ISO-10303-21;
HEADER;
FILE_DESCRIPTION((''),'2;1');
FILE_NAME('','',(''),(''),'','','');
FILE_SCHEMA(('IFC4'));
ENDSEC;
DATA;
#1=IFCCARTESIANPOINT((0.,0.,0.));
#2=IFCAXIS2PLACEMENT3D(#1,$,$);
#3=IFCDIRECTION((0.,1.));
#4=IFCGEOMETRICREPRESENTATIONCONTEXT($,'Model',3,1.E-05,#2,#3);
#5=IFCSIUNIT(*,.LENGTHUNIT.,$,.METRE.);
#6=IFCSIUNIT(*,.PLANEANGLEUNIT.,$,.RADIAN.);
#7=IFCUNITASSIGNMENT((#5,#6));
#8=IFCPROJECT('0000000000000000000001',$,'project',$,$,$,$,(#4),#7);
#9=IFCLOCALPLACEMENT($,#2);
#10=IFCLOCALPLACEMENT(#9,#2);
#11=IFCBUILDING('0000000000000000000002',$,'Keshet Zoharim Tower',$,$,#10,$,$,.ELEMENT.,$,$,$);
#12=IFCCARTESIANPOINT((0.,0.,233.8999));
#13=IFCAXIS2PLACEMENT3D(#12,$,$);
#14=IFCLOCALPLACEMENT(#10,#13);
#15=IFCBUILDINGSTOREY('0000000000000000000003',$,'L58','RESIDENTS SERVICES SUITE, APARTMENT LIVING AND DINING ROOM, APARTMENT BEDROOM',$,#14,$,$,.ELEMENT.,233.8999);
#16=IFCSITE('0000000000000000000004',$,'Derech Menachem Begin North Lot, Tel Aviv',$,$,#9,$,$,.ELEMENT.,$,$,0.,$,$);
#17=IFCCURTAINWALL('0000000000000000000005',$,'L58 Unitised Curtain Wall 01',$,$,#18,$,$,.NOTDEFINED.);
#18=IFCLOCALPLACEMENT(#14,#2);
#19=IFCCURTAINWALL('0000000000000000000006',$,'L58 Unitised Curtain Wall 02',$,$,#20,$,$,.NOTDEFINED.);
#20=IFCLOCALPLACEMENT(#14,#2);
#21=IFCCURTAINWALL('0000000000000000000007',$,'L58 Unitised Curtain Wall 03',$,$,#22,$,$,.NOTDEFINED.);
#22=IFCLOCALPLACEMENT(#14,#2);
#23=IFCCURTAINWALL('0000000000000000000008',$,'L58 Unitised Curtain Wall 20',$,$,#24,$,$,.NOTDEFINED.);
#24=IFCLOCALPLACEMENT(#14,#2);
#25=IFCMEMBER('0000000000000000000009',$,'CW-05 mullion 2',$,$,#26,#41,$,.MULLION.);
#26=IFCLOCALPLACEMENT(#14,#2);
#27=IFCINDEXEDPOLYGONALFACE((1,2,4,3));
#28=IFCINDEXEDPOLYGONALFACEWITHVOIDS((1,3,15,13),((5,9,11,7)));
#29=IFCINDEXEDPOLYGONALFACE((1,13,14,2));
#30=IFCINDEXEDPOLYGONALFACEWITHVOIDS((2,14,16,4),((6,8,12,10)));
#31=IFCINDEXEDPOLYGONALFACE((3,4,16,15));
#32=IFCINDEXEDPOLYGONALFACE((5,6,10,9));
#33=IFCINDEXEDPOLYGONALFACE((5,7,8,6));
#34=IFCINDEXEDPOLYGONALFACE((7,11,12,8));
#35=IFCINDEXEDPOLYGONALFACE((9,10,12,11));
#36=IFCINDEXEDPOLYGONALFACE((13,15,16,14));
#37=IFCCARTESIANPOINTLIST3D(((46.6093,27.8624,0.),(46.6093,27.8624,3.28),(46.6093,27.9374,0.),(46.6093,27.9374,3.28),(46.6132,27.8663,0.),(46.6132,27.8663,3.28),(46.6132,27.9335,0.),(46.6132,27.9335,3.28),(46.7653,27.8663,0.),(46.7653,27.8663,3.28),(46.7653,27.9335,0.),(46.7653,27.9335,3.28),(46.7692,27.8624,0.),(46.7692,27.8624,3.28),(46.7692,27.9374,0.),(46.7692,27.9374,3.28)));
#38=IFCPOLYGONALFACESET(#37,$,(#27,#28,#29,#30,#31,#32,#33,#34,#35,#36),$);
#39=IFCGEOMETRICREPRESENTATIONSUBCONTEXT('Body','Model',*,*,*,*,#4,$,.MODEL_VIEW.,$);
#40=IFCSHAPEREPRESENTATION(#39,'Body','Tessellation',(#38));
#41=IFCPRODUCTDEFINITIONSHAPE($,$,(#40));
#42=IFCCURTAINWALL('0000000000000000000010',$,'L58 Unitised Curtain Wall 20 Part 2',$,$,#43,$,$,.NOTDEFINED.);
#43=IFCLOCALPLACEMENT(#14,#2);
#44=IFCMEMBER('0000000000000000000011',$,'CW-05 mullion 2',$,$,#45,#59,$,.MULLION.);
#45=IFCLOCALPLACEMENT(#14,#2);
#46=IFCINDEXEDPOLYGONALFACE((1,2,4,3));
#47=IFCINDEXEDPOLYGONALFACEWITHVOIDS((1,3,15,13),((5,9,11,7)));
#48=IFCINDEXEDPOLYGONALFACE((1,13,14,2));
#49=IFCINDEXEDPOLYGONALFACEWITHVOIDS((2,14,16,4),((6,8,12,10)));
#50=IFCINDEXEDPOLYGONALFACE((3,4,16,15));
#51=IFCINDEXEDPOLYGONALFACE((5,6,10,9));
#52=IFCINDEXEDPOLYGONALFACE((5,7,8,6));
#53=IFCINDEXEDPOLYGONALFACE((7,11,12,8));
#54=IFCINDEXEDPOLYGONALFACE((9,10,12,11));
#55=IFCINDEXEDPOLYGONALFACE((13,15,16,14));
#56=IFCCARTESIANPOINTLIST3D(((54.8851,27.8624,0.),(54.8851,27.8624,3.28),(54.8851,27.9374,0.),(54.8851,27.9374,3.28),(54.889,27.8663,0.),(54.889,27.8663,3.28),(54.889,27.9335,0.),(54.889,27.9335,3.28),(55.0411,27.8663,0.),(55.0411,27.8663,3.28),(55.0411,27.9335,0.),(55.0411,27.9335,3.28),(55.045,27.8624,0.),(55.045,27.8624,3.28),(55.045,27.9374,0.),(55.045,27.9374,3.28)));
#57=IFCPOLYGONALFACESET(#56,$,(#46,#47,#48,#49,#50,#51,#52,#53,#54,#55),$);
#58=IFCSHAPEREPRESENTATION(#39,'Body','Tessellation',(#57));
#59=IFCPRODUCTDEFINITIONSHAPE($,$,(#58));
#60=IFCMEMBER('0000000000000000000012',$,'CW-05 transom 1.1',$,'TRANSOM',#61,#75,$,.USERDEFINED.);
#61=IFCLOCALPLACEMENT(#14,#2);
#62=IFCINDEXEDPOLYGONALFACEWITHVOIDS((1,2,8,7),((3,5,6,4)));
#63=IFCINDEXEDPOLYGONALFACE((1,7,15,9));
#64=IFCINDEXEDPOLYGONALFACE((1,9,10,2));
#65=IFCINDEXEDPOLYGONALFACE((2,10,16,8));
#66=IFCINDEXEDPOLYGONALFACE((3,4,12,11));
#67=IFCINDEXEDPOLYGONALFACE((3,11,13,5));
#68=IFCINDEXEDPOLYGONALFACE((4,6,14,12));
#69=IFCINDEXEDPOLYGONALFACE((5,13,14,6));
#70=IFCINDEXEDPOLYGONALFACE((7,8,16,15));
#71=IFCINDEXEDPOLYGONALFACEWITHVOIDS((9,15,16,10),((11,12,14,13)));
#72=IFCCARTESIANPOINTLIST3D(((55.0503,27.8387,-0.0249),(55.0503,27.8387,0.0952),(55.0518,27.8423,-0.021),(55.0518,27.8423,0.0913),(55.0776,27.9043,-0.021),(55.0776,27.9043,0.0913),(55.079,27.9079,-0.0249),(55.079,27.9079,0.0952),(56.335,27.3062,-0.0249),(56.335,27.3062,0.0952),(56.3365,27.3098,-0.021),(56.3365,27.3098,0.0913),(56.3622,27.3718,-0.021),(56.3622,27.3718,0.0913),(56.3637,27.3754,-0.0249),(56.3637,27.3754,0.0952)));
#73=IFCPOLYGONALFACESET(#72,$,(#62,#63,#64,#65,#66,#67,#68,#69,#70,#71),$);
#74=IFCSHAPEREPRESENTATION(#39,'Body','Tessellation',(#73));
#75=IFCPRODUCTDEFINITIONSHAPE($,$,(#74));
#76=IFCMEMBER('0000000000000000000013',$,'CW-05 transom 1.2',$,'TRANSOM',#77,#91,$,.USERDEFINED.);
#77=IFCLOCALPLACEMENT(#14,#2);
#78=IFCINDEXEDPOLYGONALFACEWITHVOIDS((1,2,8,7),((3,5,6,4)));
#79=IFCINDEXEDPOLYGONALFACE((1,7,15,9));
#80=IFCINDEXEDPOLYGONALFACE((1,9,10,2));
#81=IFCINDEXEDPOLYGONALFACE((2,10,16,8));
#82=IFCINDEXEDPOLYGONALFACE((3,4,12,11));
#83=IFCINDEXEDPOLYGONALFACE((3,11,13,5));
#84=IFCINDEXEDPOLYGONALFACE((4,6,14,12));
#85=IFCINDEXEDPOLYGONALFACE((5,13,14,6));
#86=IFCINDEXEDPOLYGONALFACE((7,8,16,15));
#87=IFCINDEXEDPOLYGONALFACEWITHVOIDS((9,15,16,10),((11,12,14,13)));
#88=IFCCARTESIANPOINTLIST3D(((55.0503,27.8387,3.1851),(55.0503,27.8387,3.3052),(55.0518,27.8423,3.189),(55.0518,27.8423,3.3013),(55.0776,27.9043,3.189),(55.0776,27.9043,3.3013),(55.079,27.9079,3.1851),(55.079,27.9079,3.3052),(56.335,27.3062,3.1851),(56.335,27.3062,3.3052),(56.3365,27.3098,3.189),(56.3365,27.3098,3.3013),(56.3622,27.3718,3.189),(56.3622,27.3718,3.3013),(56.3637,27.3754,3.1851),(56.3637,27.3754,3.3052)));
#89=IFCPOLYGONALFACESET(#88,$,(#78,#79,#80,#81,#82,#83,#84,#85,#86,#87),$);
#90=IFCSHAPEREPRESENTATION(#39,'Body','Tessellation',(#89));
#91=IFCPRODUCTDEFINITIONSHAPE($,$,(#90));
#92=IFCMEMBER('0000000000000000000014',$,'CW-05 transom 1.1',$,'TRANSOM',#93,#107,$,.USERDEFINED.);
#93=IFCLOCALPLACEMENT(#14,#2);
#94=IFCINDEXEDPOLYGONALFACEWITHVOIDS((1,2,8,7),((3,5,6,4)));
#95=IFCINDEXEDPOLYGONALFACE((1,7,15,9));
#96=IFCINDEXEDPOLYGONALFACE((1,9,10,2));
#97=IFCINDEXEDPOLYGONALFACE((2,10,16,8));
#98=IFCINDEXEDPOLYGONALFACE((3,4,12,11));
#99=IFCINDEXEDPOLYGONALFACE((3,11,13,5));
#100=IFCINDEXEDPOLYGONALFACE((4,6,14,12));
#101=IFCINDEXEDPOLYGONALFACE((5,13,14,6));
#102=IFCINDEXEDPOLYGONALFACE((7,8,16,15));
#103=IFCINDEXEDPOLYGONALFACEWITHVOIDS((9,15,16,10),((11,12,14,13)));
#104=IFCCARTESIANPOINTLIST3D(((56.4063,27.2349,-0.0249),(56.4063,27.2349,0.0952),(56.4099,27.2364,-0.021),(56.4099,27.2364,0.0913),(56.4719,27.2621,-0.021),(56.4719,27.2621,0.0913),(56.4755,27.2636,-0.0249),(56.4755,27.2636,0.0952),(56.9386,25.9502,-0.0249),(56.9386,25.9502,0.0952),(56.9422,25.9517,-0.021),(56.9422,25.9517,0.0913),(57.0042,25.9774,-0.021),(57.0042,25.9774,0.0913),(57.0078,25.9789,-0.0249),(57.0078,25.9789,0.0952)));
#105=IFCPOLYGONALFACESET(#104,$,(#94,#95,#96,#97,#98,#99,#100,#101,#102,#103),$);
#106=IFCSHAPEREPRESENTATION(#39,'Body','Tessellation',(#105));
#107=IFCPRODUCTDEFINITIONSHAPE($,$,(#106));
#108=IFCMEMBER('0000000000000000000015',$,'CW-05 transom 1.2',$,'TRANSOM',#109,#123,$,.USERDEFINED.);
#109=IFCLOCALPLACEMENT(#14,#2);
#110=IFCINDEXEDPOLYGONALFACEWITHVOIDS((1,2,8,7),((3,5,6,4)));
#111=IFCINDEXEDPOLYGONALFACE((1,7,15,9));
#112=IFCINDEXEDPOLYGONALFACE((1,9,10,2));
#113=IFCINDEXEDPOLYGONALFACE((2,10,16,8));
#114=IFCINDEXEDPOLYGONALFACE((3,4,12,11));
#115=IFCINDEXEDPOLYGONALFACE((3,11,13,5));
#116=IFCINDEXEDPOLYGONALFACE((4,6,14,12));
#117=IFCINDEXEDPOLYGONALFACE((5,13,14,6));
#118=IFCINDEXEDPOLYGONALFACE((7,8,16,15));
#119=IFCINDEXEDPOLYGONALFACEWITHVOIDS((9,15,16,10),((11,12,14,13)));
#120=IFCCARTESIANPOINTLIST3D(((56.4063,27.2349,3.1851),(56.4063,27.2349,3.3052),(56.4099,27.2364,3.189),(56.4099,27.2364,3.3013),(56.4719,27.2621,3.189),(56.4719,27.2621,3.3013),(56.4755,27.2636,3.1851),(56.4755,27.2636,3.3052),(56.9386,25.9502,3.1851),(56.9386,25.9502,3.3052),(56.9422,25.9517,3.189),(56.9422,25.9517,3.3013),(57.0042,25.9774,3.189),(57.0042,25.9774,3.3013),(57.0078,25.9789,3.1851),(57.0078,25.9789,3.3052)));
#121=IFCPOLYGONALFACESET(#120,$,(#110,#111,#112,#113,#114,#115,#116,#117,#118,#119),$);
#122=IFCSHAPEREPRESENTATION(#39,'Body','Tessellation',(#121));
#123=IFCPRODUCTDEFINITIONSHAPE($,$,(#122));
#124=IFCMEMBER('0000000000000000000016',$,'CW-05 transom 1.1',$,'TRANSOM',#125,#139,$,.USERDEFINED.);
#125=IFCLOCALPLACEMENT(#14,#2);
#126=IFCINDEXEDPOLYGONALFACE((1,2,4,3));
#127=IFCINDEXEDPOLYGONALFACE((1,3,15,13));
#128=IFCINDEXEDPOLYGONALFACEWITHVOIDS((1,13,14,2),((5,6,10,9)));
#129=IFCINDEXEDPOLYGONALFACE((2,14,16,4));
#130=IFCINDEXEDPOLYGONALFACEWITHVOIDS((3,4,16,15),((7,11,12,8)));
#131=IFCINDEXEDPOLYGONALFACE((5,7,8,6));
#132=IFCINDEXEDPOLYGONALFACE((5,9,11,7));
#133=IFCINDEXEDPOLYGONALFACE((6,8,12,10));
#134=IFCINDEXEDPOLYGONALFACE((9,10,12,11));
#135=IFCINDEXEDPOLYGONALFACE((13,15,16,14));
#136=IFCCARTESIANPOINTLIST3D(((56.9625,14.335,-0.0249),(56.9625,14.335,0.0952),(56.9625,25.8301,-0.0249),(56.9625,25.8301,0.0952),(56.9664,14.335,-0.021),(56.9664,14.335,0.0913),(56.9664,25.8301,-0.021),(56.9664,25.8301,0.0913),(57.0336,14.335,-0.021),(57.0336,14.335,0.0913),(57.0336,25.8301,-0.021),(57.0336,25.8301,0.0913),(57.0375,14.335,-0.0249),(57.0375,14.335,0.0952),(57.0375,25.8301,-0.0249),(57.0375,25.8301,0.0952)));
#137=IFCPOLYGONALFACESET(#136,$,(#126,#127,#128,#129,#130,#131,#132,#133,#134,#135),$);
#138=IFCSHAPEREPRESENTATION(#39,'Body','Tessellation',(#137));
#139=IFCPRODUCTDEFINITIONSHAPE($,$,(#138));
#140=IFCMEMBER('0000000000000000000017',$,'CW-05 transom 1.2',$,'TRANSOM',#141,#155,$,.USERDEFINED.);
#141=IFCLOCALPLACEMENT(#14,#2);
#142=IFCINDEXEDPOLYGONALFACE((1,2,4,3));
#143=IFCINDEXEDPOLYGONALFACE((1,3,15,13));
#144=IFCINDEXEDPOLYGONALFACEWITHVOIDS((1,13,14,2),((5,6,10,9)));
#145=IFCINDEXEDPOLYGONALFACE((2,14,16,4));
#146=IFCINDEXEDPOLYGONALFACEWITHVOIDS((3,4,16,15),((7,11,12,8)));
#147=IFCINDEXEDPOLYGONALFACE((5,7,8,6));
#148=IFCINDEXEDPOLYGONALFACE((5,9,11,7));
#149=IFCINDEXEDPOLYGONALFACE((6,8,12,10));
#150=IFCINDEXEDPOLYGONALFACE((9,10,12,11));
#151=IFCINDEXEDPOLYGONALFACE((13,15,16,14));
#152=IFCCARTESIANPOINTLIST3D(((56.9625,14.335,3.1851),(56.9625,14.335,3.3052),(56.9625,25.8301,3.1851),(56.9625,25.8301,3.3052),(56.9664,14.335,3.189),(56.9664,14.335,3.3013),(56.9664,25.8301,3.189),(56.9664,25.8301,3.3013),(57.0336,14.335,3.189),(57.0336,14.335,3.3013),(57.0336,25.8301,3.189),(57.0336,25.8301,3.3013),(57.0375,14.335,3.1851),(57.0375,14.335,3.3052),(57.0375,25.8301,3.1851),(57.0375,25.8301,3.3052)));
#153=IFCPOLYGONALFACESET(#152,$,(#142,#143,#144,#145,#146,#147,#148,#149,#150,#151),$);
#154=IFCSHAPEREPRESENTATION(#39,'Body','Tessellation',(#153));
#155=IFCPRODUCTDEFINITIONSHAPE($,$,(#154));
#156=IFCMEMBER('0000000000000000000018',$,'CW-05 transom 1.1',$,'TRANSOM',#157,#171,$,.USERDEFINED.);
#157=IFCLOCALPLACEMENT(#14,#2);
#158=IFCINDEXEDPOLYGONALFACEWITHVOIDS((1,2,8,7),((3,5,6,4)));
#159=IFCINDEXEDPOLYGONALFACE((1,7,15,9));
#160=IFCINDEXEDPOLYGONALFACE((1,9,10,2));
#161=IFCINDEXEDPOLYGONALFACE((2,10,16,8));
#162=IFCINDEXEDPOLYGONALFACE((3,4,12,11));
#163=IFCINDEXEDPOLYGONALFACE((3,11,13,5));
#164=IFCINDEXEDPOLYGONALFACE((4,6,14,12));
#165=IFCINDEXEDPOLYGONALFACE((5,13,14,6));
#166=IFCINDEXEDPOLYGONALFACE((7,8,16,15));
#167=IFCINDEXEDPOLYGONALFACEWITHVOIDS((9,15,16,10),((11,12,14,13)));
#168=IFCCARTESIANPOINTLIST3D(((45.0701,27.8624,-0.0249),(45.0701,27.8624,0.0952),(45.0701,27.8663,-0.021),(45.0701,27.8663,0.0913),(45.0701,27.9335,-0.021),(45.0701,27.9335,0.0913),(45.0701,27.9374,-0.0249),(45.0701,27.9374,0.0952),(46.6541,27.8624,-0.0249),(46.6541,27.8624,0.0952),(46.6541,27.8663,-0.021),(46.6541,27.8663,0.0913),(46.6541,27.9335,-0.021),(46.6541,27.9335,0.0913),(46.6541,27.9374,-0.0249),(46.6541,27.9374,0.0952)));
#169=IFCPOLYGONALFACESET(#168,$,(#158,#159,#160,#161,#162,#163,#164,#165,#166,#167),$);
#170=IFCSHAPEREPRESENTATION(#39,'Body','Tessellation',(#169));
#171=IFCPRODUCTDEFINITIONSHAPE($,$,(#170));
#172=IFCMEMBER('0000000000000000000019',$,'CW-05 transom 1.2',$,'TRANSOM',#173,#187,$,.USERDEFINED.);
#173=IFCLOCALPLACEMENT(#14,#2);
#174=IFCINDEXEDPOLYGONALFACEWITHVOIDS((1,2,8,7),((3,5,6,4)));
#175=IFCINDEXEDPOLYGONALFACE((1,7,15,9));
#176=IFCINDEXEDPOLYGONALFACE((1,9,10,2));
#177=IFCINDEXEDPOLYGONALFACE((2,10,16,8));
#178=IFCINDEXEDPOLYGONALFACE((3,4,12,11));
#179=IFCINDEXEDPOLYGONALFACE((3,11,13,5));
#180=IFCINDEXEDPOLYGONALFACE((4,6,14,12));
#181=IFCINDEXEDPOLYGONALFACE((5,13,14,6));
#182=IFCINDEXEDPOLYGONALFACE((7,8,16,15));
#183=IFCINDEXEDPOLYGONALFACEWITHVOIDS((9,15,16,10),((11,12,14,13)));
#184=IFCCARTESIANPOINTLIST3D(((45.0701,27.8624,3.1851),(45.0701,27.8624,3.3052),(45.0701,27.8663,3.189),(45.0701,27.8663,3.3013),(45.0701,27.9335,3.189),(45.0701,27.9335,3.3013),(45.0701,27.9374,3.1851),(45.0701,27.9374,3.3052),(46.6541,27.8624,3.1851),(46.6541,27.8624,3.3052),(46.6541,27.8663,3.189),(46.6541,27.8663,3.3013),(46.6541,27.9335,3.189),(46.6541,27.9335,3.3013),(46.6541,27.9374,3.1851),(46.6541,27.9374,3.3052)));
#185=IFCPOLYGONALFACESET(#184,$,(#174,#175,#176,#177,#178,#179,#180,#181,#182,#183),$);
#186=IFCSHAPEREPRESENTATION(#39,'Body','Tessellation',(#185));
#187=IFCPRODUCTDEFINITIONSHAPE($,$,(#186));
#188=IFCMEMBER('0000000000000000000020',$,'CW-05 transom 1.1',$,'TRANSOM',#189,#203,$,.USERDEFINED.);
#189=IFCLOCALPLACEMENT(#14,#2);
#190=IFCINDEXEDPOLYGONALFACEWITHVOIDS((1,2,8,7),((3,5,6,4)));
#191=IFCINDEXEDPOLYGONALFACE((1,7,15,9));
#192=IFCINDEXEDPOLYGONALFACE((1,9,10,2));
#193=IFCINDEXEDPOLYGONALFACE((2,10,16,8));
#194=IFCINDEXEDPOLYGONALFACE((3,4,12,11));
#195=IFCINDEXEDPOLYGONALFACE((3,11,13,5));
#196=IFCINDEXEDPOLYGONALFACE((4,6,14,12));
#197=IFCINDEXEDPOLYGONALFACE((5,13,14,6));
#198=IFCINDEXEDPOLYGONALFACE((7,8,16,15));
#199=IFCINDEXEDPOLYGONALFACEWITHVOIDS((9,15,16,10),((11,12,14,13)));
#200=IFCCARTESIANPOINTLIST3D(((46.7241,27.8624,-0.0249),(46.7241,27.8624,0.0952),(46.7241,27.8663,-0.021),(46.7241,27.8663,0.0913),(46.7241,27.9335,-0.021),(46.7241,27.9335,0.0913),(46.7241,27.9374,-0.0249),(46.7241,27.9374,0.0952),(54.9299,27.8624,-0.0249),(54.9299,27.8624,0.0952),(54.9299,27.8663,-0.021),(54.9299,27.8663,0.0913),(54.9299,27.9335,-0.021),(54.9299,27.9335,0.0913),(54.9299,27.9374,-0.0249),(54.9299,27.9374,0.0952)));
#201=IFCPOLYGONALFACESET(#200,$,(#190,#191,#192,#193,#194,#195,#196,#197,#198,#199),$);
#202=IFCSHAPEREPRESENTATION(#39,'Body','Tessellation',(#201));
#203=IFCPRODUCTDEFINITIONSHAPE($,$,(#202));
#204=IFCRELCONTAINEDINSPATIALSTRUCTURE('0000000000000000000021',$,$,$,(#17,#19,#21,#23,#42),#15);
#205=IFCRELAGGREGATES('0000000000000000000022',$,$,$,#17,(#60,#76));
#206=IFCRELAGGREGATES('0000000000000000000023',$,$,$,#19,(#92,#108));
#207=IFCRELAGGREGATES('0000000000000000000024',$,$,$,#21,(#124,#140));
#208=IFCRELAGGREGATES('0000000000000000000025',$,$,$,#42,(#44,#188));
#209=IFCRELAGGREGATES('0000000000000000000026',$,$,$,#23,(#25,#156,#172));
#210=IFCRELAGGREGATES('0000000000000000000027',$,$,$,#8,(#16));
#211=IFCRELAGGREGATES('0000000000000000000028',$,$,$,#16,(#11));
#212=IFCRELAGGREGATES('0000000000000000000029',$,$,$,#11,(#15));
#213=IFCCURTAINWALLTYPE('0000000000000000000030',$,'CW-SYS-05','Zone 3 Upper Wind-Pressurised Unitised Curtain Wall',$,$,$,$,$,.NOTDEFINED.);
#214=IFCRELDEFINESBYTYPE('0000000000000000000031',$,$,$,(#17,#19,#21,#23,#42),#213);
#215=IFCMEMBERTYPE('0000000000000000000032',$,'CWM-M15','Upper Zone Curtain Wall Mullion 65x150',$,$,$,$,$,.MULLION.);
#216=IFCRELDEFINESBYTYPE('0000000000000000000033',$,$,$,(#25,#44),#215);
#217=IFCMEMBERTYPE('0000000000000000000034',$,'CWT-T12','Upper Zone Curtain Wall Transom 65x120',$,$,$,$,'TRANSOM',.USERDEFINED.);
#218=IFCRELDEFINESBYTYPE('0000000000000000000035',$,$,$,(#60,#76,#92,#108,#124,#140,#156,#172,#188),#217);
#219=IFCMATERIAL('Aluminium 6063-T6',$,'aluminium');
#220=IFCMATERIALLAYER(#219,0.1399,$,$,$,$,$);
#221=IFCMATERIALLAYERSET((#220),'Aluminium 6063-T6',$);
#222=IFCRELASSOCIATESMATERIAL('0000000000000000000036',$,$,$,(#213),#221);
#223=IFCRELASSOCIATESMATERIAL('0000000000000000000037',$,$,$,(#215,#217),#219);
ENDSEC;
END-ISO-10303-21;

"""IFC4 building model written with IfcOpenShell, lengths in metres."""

from ifc_helpers import new_model, si_unit, direction, frame, origin, origin_2d, place, context, subcontext, project, spatial, hollow_rectangle, extrude, material, layer, layer_set, material_profile, profile_set, type_object, element, aggregate, save


model = new_model("IFC4")

# Units and contexts
model_context = context("Model", 3, precision=1e-05, world=origin(), true_north=direction((0.0, 1.0)))
body_context = subcontext(model_context, "Body", "Model", "MODEL_VIEW")
ifc_project = project(units=[si_unit("LENGTHUNIT", "METRE"), si_unit("PLANEANGLEUNIT", "RADIAN")], contexts=[model_context])

# Site, building, storey
site_placement = place(None, origin())
site = spatial("IfcSite", under=ifc_project, at=site_placement, Name="Derech Menachem Begin North Lot, Tel Aviv", CompositionType="ELEMENT", RefElevation=0.0)
building_placement = place(site_placement, origin())
building = spatial("IfcBuilding", under=site, at=building_placement, Name="Keshet Zoharim Tower", CompositionType="ELEMENT")
storey_placement = place(building_placement, frame((0.0, 0.0, 233.8999)))
storey = spatial("IfcBuildingStorey", under=building, at=storey_placement, Name="L58", Description="RESIDENTS SERVICES SUITE, APARTMENT LIVING AND DINING ROOM, APARTMENT BEDROOM", CompositionType="ELEMENT", Elevation=233.8999)

# Curtain walls
ifc_material_1 = material(Name="Aluminium 6063-T6", Category="aluminium")
ifc_layer_1 = layer(ifc_material_1, 0.1399)
ifc_layer_set_1 = layer_set([ifc_layer_1], Name="Aluminium 6063-T6")
curtain_wall_type = type_object("IfcCurtainWallType", Name="CW-SYS-05", Description="Zone 3 Upper Wind-Pressurised Unitised Curtain Wall", PredefinedType="NOTDEFINED", material=ifc_layer_set_1)
curtain_wall_1_placement = place(storey_placement, origin())
curtain_wall_1 = element("IfcCurtainWall", 1, at=curtain_wall_1_placement, inside=storey, type_object=curtain_wall_type, Name="L58 Unitised Curtain Wall 01", PredefinedType="NOTDEFINED")
ifc_material_profile_1 = material_profile(ifc_material_1, hollow_rectangle(XDim=0.075, YDim=0.1599, WallThickness=0.0039, at=origin_2d()), Name="MUL-75x160")
ifc_profile_set_1 = profile_set([ifc_material_profile_1], Name="Aluminium 6063-T6")
member_type_1 = type_object("IfcMemberType", Name="CWM-M15", Description="Upper Zone Curtain Wall Mullion 65x150", PredefinedType="MULLION", material=ifc_profile_set_1)
curtain_wall_2_placement = place(storey_placement, origin())
curtain_wall_2 = element("IfcCurtainWall", 2, at=curtain_wall_2_placement, inside=storey, type_object=curtain_wall_type, Name="L58 Unitised Curtain Wall 02", PredefinedType="NOTDEFINED")

# Curtain wall
curtain_wall_3_placement = place(storey_placement, origin())
curtain_wall_3 = element("IfcCurtainWall", 3, at=curtain_wall_3_placement, inside=storey, type_object=curtain_wall_type, Name="L58 Unitised Curtain Wall 03", PredefinedType="NOTDEFINED")

# Curtain wall, member
curtain_wall_4_placement = place(storey_placement, origin())
curtain_wall_4 = element("IfcCurtainWall", 4, at=curtain_wall_4_placement, inside=storey, type_object=curtain_wall_type, Name="L58 Unitised Curtain Wall 20", PredefinedType="NOTDEFINED")
member_1_placement = place(storey_placement, frame((46.6892, 27.8999, 0.0), z_axis=(0.0, 0.0, 1.0), x_axis=(0.0, 1.0, 0.0)))
member_1 = element("IfcMember", 5, at=member_1_placement, type_object=member_type_1, Name="CW-05 mullion 2", PredefinedType="MULLION", context=body_context, shape_type="SweptSolid", body=[
    extrude(hollow_rectangle(XDim=0.075, YDim=0.1599, WallThickness=0.0039, at=origin_2d()), origin(), (0.0, 0.0, 1.0), 3.28),
])

# Curtain wall, member
curtain_wall_5_placement = place(storey_placement, origin())
curtain_wall_5 = element("IfcCurtainWall", 6, at=curtain_wall_5_placement, inside=storey, type_object=curtain_wall_type, Name="L58 Unitised Curtain Wall 20 Part 2", PredefinedType="NOTDEFINED")
member_2_placement = place(storey_placement, frame((54.9651, 27.8999, 0.0), z_axis=(0.0, 0.0, 1.0), x_axis=(0.0, 1.0, 0.0)))
member_2 = element("IfcMember", 7, at=member_2_placement, type_object=member_type_1, Name="CW-05 mullion 2", PredefinedType="MULLION", context=body_context, shape_type="SweptSolid", body=[
    extrude(hollow_rectangle(XDim=0.075, YDim=0.1599, WallThickness=0.0039, at=origin_2d()), origin(), (0.0, 0.0, 1.0), 3.28),
])

# Members
ifc_material_profile_2 = material_profile(ifc_material_1, hollow_rectangle(XDim=0.075, YDim=0.1201, WallThickness=0.0039, at=origin_2d()), Name="TRN-75x120")
ifc_profile_set_2 = profile_set([ifc_material_profile_2], Name="Aluminium 6063-T6")
member_type_2 = type_object("IfcMemberType", Name="CWT-T12", Description="Upper Zone Curtain Wall Transom 65x120", ElementType="TRANSOM", PredefinedType="USERDEFINED", material=ifc_profile_set_2)
member_3_placement = place(storey_placement, frame((55.0647, 27.8733, 0.0352), z_axis=(0.923792, -0.382894, 0.0), x_axis=(0.382894, 0.923792, 0.0)))
member_3 = element("IfcMember", 8, at=member_3_placement, type_object=member_type_2, Name="CW-05 transom 1.1", ObjectType="TRANSOM", PredefinedType="USERDEFINED", context=body_context, shape_type="SweptSolid", body=[
    extrude(hollow_rectangle(XDim=0.075, YDim=0.1201, WallThickness=0.0039, at=origin_2d()), origin(), (0.0, 0.0, 1.0), 1.3906),
])
member_4_placement = place(storey_placement, frame((55.0647, 27.8733, 3.2451), z_axis=(0.923792, -0.382894, 0.0), x_axis=(0.382894, 0.923792, 0.0)))
member_4 = element("IfcMember", 9, at=member_4_placement, type_object=member_type_2, Name="CW-05 transom 1.2", ObjectType="TRANSOM", PredefinedType="USERDEFINED", context=body_context, shape_type="SweptSolid", body=[
    extrude(hollow_rectangle(XDim=0.075, YDim=0.1201, WallThickness=0.0039, at=origin_2d()), origin(), (0.0, 0.0, 1.0), 1.3906),
])
member_5_placement = place(storey_placement, frame((56.4409, 27.2493, 0.0352), z_axis=(0.382745, -0.923854, 0.0), x_axis=(0.923854, 0.382745, 0.0)))
member_5 = element("IfcMember", 10, at=member_5_placement, type_object=member_type_2, Name="CW-05 transom 1.1", ObjectType="TRANSOM", PredefinedType="USERDEFINED", context=body_context, shape_type="SweptSolid", body=[
    extrude(hollow_rectangle(XDim=0.075, YDim=0.1201, WallThickness=0.0039, at=origin_2d()), origin(), (0.0, 0.0, 1.0), 1.3906),
])
member_6_placement = place(storey_placement, frame((56.4409, 27.2493, 3.2451), z_axis=(0.382745, -0.923854, 0.0), x_axis=(0.923854, 0.382745, 0.0)))
member_6 = element("IfcMember", 11, at=member_6_placement, type_object=member_type_2, Name="CW-05 transom 1.2", ObjectType="TRANSOM", PredefinedType="USERDEFINED", context=body_context, shape_type="SweptSolid", body=[
    extrude(hollow_rectangle(XDim=0.075, YDim=0.1201, WallThickness=0.0039, at=origin_2d()), origin(), (0.0, 0.0, 1.0), 1.3906),
])
member_7_placement = place(storey_placement, frame((57.0, 25.8301, 0.0352), z_axis=(0.0, -1.0, 0.0), x_axis=(1.0, 0.0, 0.0)))
member_7 = element("IfcMember", 12, at=member_7_placement, type_object=member_type_2, Name="CW-05 transom 1.1", ObjectType="TRANSOM", PredefinedType="USERDEFINED", context=body_context, shape_type="SweptSolid", body=[
    extrude(hollow_rectangle(XDim=0.075, YDim=0.1201, WallThickness=0.0039, at=origin_2d()), origin(), (0.0, 0.0, 1.0), 11.4951),
])
member_8_placement = place(storey_placement, frame((57.0, 25.8301, 3.2451), z_axis=(0.0, -1.0, 0.0), x_axis=(1.0, 0.0, 0.0)))
member_8 = element("IfcMember", 13, at=member_8_placement, type_object=member_type_2, Name="CW-05 transom 1.2", ObjectType="TRANSOM", PredefinedType="USERDEFINED", context=body_context, shape_type="SweptSolid", body=[
    extrude(hollow_rectangle(XDim=0.075, YDim=0.1201, WallThickness=0.0039, at=origin_2d()), origin(), (0.0, 0.0, 1.0), 11.4951),
])
member_9_placement = place(storey_placement, frame((45.0701, 27.8999, 0.0352), z_axis=(1.0, 0.0, 0.0), x_axis=(0.0, 1.0, 0.0)))
member_9 = element("IfcMember", 14, at=member_9_placement, type_object=member_type_2, Name="CW-05 transom 1.1", ObjectType="TRANSOM", PredefinedType="USERDEFINED", context=body_context, shape_type="SweptSolid", body=[
    extrude(hollow_rectangle(XDim=0.075, YDim=0.1201, WallThickness=0.0039, at=origin_2d()), origin(), (0.0, 0.0, 1.0), 1.584),
])
member_10_placement = place(storey_placement, frame((45.0701, 27.8999, 3.2451), z_axis=(1.0, 0.0, 0.0), x_axis=(0.0, 1.0, 0.0)))
member_10 = element("IfcMember", 15, at=member_10_placement, type_object=member_type_2, Name="CW-05 transom 1.2", ObjectType="TRANSOM", PredefinedType="USERDEFINED", context=body_context, shape_type="SweptSolid", body=[
    extrude(hollow_rectangle(XDim=0.075, YDim=0.1201, WallThickness=0.0039, at=origin_2d()), origin(), (0.0, 0.0, 1.0), 1.584),
])
member_11_placement = place(storey_placement, frame((46.7241, 27.8999, 0.0352), z_axis=(1.0, 0.0, 0.0), x_axis=(0.0, 1.0, 0.0)))
member_11 = element("IfcMember", 16, at=member_11_placement, type_object=member_type_2, Name="CW-05 transom 1.1", ObjectType="TRANSOM", PredefinedType="USERDEFINED", context=body_context, shape_type="SweptSolid", body=[
    extrude(hollow_rectangle(XDim=0.075, YDim=0.1201, WallThickness=0.0039, at=origin_2d()), origin(), (0.0, 0.0, 1.0), 8.2058),
])

aggregate(curtain_wall_1, [member_3, member_4])
aggregate(curtain_wall_2, [member_5, member_6])
aggregate(curtain_wall_3, [member_7, member_8])
aggregate(curtain_wall_5, [member_2, member_11])
aggregate(curtain_wall_4, [member_1, member_9, member_10])

save(model, "model.ifc")
